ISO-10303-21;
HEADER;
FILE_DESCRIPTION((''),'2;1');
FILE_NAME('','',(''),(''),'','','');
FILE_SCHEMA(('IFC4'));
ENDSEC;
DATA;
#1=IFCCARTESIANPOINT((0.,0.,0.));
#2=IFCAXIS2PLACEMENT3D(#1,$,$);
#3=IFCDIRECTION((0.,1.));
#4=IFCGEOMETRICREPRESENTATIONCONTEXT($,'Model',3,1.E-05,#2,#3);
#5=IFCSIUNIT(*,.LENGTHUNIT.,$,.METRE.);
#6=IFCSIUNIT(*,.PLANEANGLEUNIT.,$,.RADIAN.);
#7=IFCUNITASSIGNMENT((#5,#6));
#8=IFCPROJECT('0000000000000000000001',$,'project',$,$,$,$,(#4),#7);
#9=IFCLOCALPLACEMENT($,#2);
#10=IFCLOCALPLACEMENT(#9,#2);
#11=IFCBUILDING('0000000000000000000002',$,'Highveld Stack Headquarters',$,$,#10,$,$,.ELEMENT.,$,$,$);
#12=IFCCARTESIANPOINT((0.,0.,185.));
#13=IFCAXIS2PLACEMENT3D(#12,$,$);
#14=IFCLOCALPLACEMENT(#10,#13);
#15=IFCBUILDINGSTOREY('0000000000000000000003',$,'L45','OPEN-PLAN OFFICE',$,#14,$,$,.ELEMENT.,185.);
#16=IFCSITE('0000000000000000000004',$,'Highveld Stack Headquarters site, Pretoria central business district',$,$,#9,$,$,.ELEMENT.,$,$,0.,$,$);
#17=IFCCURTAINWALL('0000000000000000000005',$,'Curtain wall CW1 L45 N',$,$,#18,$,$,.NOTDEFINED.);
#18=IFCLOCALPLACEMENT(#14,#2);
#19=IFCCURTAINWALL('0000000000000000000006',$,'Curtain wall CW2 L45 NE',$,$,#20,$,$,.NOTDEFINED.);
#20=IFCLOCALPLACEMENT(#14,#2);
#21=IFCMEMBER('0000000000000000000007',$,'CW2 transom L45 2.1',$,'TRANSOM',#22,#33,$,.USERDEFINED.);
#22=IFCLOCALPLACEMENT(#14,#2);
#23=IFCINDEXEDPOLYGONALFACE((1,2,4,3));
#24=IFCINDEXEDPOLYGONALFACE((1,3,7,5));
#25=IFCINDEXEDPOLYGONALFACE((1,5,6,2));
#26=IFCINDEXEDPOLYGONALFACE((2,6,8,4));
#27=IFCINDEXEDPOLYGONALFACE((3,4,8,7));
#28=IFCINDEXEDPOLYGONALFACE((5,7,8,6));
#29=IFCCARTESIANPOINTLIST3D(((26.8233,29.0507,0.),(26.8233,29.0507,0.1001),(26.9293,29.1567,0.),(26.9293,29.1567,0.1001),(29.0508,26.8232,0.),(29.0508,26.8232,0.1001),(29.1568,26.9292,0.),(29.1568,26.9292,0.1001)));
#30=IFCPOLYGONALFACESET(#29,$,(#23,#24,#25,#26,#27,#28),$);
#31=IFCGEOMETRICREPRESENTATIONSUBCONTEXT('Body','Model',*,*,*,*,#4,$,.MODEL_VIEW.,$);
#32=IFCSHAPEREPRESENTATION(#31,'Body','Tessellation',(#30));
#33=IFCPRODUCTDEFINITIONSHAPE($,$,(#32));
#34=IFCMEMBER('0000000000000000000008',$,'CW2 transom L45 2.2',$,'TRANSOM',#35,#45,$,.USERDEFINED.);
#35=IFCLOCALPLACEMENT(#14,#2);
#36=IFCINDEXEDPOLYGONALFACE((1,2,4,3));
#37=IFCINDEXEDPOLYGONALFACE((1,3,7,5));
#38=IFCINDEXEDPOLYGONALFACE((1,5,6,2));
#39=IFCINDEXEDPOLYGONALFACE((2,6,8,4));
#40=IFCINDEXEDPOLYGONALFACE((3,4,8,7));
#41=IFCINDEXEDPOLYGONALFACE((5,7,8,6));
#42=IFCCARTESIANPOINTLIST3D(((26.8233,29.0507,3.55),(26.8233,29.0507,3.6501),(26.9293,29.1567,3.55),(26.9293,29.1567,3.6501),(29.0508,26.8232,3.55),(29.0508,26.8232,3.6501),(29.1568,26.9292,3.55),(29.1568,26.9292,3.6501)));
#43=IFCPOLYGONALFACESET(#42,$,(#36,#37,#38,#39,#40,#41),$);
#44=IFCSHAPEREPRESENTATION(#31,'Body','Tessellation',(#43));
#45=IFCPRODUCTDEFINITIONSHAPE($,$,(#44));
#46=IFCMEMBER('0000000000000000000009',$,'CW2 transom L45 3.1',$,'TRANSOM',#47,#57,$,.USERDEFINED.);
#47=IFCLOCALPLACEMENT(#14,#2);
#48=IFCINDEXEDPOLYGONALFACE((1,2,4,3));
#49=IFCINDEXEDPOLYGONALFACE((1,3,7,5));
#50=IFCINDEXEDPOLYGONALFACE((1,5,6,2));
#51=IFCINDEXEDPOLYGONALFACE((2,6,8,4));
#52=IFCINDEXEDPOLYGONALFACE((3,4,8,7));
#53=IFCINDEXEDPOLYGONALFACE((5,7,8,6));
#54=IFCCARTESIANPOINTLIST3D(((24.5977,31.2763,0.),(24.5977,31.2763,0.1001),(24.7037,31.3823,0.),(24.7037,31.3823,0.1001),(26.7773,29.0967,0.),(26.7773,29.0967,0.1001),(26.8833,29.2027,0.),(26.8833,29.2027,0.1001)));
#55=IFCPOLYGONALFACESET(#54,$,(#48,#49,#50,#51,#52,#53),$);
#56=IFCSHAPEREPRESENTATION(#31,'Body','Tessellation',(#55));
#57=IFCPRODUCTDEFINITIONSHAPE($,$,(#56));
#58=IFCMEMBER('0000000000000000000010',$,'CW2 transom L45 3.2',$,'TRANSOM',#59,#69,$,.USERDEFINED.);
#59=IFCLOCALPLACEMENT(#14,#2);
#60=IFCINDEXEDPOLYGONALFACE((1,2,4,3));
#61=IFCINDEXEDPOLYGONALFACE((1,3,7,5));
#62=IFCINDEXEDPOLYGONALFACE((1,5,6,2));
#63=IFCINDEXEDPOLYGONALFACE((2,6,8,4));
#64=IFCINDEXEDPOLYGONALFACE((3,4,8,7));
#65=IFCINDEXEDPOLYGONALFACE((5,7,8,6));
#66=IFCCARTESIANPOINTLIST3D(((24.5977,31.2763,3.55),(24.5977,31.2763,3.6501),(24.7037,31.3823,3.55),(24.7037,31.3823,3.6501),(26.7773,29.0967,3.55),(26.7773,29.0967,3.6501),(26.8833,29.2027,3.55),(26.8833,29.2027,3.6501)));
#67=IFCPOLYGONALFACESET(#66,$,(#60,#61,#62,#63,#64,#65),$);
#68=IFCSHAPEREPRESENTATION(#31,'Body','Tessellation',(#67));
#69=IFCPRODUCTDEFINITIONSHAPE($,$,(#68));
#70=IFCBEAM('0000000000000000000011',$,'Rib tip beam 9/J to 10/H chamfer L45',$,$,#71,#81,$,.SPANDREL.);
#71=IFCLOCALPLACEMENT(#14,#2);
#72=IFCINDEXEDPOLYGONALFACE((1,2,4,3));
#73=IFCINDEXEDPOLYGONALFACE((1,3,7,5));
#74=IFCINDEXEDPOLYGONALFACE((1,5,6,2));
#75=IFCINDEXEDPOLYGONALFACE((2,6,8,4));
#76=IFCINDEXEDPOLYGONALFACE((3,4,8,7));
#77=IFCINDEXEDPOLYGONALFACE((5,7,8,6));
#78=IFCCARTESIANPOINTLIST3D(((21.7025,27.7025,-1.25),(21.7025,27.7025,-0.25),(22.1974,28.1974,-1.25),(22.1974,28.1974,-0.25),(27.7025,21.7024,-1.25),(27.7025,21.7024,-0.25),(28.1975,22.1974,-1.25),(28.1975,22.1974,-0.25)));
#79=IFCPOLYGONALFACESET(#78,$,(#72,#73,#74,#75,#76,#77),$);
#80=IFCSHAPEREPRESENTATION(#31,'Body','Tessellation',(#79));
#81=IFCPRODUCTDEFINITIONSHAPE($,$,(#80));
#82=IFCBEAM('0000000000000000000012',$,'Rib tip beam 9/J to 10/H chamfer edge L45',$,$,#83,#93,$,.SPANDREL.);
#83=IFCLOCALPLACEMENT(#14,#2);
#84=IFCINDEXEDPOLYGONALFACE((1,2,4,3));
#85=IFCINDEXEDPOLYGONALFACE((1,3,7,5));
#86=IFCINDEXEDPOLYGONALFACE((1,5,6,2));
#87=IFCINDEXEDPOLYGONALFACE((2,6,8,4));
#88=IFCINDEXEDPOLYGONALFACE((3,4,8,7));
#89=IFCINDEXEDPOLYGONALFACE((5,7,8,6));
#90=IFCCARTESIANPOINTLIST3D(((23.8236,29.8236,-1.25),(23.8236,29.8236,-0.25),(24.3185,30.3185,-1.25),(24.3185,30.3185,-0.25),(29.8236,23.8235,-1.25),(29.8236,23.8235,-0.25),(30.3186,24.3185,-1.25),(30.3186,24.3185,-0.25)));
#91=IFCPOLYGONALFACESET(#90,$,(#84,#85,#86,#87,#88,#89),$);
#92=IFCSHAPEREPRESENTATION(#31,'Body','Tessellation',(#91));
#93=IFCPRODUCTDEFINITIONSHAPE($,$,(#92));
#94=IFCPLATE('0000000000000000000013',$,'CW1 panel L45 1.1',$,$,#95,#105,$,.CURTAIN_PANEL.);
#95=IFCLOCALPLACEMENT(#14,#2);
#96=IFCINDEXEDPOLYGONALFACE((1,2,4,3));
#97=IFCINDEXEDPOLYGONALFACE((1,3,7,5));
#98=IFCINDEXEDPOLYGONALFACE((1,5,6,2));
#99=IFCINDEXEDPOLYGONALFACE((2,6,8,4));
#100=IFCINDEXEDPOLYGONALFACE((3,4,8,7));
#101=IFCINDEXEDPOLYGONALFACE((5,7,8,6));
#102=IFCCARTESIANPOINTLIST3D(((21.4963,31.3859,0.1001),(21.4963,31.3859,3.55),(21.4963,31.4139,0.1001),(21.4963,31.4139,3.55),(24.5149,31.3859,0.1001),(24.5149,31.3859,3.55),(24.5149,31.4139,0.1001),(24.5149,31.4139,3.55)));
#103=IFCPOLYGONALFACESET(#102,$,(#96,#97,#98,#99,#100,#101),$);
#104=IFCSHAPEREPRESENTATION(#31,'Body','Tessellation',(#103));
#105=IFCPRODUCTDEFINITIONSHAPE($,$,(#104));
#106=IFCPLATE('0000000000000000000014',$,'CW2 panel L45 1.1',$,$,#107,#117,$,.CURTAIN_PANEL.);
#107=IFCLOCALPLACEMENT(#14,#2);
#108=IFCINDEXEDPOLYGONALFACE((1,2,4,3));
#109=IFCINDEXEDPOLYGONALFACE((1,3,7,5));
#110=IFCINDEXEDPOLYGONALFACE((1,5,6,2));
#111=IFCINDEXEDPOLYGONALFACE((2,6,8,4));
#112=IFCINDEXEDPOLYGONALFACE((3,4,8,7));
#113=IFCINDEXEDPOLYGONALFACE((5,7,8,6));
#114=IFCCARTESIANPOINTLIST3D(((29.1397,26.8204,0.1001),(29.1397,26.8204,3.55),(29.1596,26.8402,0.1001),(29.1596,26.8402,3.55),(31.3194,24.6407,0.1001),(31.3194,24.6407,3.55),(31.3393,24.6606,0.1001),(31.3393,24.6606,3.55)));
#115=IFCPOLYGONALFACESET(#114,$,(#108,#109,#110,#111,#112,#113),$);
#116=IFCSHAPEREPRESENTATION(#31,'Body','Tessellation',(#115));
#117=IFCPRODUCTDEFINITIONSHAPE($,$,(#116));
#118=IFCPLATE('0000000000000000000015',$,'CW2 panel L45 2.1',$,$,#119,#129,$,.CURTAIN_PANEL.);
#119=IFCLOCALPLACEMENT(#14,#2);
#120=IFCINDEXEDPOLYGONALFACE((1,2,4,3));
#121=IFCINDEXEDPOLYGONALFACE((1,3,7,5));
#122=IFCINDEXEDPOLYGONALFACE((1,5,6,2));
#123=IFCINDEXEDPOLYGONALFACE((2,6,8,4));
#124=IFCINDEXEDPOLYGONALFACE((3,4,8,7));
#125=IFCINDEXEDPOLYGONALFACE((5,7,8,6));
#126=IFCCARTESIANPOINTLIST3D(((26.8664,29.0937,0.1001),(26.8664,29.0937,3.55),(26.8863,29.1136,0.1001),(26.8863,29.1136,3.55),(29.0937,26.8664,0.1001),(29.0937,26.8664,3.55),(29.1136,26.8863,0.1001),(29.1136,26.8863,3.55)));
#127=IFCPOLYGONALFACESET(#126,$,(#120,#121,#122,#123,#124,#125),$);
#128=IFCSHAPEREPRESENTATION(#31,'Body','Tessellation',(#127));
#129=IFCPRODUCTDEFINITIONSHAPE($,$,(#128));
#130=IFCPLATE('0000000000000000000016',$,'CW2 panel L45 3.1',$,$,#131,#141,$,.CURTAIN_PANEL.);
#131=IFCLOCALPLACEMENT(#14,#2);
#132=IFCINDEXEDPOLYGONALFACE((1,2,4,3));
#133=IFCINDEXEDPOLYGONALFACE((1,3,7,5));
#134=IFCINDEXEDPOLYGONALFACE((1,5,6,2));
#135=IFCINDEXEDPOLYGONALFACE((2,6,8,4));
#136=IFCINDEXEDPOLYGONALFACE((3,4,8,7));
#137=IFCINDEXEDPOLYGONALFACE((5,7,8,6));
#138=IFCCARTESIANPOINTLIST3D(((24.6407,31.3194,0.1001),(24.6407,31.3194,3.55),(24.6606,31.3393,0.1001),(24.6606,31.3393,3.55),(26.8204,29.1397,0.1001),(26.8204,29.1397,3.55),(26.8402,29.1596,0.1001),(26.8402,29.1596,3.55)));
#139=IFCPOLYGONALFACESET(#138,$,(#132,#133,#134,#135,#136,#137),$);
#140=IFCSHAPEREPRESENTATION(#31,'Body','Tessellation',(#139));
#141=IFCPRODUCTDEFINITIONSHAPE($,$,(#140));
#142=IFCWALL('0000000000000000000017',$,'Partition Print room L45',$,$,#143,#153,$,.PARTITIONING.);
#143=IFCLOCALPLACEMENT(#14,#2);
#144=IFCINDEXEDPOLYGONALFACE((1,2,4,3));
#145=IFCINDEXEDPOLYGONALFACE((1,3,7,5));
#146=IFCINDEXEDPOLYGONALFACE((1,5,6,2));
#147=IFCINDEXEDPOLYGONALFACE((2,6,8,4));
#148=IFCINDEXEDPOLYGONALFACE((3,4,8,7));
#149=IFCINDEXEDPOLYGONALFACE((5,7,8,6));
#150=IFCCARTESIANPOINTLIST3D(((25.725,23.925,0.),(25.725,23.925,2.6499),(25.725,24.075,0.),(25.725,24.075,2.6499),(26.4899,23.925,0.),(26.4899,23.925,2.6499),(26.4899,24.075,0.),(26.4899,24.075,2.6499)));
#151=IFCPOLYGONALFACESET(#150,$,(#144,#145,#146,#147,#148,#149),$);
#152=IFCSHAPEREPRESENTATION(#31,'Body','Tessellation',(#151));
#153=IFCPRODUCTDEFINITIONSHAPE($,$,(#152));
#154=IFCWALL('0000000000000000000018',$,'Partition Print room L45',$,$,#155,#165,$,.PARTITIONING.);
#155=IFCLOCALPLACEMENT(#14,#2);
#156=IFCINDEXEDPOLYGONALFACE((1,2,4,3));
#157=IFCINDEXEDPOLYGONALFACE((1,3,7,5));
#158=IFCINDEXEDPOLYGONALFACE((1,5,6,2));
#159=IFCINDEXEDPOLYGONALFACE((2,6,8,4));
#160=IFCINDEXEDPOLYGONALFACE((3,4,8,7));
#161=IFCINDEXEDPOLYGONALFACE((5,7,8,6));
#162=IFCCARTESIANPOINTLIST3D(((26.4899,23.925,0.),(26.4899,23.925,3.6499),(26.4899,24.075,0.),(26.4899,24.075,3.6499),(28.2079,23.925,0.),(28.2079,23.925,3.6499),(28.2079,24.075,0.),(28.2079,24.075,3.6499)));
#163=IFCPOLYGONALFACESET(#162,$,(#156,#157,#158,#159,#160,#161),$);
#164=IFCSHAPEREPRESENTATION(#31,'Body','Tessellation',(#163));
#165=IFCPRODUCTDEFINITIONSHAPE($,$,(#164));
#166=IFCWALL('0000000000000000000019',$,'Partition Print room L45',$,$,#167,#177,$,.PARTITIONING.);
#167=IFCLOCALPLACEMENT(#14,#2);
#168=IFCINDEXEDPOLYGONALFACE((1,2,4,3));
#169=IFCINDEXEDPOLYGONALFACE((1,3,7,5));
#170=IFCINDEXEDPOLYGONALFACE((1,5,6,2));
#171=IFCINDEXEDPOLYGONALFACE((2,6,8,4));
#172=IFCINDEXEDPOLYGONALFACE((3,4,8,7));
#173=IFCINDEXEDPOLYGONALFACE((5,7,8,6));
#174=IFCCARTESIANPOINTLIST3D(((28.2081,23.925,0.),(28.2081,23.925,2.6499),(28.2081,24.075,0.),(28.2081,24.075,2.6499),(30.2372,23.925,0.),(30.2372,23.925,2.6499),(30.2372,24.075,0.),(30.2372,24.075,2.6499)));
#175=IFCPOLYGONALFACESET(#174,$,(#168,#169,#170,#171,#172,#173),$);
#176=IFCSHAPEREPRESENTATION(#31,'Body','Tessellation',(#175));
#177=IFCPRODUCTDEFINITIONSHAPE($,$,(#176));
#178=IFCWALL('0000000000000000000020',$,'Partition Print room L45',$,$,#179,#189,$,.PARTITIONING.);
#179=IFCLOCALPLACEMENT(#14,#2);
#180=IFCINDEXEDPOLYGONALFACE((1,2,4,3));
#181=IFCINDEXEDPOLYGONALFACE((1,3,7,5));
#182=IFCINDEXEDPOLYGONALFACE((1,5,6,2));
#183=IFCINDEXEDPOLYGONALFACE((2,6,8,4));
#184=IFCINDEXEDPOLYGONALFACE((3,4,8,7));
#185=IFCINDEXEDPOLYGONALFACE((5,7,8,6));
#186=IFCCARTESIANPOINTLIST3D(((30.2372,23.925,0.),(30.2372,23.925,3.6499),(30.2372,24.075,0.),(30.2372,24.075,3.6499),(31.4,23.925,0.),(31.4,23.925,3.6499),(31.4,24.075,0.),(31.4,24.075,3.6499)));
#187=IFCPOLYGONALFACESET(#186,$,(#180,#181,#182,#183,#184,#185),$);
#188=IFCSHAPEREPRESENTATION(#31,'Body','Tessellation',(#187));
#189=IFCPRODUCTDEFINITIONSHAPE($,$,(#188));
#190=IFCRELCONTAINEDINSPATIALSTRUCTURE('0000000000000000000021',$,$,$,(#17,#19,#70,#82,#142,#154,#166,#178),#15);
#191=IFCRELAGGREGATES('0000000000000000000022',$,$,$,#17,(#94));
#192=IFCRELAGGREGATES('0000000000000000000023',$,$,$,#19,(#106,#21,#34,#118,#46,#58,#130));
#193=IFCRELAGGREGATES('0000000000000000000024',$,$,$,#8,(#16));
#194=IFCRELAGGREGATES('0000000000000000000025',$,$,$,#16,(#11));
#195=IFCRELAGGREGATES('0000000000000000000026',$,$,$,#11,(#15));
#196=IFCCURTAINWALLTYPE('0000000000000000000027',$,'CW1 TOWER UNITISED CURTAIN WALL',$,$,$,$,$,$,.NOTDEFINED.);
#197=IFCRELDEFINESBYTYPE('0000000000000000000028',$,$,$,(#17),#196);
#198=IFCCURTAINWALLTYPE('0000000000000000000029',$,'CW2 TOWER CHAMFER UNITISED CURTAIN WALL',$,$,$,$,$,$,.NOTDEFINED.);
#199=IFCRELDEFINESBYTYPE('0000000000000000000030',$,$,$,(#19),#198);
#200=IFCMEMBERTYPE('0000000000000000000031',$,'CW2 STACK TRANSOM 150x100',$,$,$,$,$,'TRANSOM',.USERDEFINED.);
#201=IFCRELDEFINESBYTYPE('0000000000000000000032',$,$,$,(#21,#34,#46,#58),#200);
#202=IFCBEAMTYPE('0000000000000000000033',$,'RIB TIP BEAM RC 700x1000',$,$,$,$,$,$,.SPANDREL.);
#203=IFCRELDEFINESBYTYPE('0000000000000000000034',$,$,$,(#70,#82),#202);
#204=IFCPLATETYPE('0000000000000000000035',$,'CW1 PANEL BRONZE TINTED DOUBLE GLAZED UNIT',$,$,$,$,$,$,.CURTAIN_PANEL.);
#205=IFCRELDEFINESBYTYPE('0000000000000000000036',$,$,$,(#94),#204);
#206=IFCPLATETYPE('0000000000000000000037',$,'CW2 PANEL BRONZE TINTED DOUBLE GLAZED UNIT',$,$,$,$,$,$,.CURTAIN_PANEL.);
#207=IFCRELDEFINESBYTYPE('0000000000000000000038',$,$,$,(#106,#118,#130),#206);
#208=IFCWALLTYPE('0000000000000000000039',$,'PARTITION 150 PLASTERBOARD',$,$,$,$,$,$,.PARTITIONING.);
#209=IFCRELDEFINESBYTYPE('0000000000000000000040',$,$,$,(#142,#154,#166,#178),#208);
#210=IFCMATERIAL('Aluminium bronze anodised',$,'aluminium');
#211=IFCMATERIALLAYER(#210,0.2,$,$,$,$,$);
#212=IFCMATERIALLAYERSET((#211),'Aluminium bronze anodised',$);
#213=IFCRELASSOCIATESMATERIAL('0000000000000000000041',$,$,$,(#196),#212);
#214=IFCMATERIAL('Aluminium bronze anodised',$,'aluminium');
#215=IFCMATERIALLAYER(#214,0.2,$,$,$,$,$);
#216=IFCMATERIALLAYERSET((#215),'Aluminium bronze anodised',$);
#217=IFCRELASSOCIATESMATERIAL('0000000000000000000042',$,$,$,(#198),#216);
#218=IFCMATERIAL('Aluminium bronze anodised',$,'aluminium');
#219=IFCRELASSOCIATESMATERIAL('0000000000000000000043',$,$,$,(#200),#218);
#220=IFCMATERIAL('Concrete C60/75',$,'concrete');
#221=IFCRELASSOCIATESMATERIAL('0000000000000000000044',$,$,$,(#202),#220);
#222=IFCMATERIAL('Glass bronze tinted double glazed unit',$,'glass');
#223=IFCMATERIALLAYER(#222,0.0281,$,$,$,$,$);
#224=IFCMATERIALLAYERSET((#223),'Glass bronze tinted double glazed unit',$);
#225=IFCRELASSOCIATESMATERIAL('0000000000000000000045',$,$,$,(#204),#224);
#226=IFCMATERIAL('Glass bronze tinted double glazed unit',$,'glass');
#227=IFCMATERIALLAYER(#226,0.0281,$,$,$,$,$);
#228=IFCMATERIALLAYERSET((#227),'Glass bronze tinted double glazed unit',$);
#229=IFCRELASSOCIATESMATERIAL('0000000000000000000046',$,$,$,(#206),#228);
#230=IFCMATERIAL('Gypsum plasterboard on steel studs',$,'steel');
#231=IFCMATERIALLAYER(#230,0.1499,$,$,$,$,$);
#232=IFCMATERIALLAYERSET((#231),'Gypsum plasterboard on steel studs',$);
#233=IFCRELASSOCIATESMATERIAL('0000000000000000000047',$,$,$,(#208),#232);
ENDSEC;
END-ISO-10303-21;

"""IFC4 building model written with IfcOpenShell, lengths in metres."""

from ifc_helpers import new_model, si_unit, direction, frame, frame_2d, origin, origin_2d, place, context, subcontext, project, spatial, rectangle, extrude, material, layer, layer_set, material_profile, profile_set, type_object, element, aggregate, save


model = new_model("IFC4")

# Units and contexts
model_context = context("Model", 3, precision=1e-05, world=origin(), true_north=direction((0.0, 1.0)))
body_context = subcontext(model_context, "Body", "Model", "MODEL_VIEW")
ifc_project = project(units=[si_unit("LENGTHUNIT", "METRE"), si_unit("PLANEANGLEUNIT", "RADIAN")], contexts=[model_context])

# Site, building, storey
site_placement = place(None, origin())
site = spatial("IfcSite", under=ifc_project, at=site_placement, Name="Highveld Stack Headquarters site, Pretoria central business district", CompositionType="ELEMENT", RefElevation=0.0)
building_placement = place(site_placement, origin())
building = spatial("IfcBuilding", under=site, at=building_placement, Name="Highveld Stack Headquarters", CompositionType="ELEMENT")
storey_placement = place(building_placement, frame((0.0, 0.0, 185.0)))
storey = spatial("IfcBuildingStorey", under=building, at=storey_placement, Name="L45", Description="OPEN-PLAN OFFICE", CompositionType="ELEMENT", Elevation=185.0)

# Shared definitions
ifc_material_1 = material(Name="Aluminium bronze anodised", Category="aluminium")
ifc_layer_1 = layer(ifc_material_1, 0.2)
ifc_layer_set_1 = layer_set([ifc_layer_1], Name="Aluminium bronze anodised")
curtain_wall_type_1 = type_object("IfcCurtainWallType", Name="CW1 TOWER UNITISED CURTAIN WALL", PredefinedType="NOTDEFINED", material=ifc_layer_set_1)

# Curtain wall
curtain_wall_1_placement = place(storey_placement, origin())
curtain_wall_1 = element("IfcCurtainWall", 1, at=curtain_wall_1_placement, inside=storey, type_object=curtain_wall_type_1, Name="Curtain wall CW1 L45 N", PredefinedType="NOTDEFINED")

# Curtain wall, members
ifc_material_2 = material(Name="Aluminium bronze anodised", Category="aluminium")
ifc_layer_2 = layer(ifc_material_2, 0.2)
ifc_layer_set_2 = layer_set([ifc_layer_2], Name="Aluminium bronze anodised")
curtain_wall_type_2 = type_object("IfcCurtainWallType", Name="CW2 TOWER CHAMFER UNITISED CURTAIN WALL", PredefinedType="NOTDEFINED", material=ifc_layer_set_2)
curtain_wall_2_placement = place(storey_placement, origin())
curtain_wall_2 = element("IfcCurtainWall", 2, at=curtain_wall_2_placement, inside=storey, type_object=curtain_wall_type_2, Name="Curtain wall CW2 L45 NE", PredefinedType="NOTDEFINED")
ifc_material_3 = material(Name="Aluminium bronze anodised", Category="aluminium")
ifc_material_profile_1 = material_profile(ifc_material_3, rectangle(XDim=0.1499, YDim=0.1001, at=origin_2d()), Name="CW2 TRANSOM 150x100")
ifc_profile_set_1 = profile_set([ifc_material_profile_1], Name="Aluminium bronze anodised")
member_type_1 = type_object("IfcMemberType", Name="CW2 STACK TRANSOM 150x100", ElementType="TRANSOM", PredefinedType="USERDEFINED", material=ifc_profile_set_1)
member_1_placement = place(storey_placement, frame((29.1038, 26.8762, 0.05), z_axis=(-0.707107, 0.707107, 0.0), x_axis=(-0.707107, -0.707107, 0.0)))
member_1 = element("IfcMember", 3, at=member_1_placement, type_object=member_type_1, Name="CW2 transom L45 2.1", ObjectType="TRANSOM", PredefinedType="USERDEFINED", context=body_context, shape_type="SweptSolid", body=[
    extrude(rectangle(XDim=0.1499, YDim=0.1001, at=origin_2d()), origin(), (0.0, 0.0, 1.0), 3.1501),
])
member_2_placement = place(storey_placement, frame((29.1038, 26.8762, 3.6001), z_axis=(-0.707107, 0.707107, 0.0), x_axis=(-0.707107, -0.707107, 0.0)))
member_2 = element("IfcMember", 4, at=member_2_placement, type_object=member_type_1, Name="CW2 transom L45 2.2", ObjectType="TRANSOM", PredefinedType="USERDEFINED", context=body_context, shape_type="SweptSolid", body=[
    extrude(rectangle(XDim=0.1499, YDim=0.1001, at=origin_2d()), origin(), (0.0, 0.0, 1.0), 3.1501),
])
member_3_placement = place(storey_placement, frame((26.8303, 29.1497, 0.05), z_axis=(-0.707107, 0.707107, 0.0), x_axis=(-0.707107, -0.707107, 0.0)))
member_3 = element("IfcMember", 5, at=member_3_placement, type_object=member_type_1, Name="CW2 transom L45 3.1", ObjectType="TRANSOM", PredefinedType="USERDEFINED", context=body_context, shape_type="SweptSolid", body=[
    extrude(rectangle(XDim=0.1499, YDim=0.1001, at=origin_2d()), origin(), (0.0, 0.0, 1.0), 3.0825),
])
member_4_placement = place(storey_placement, frame((26.8303, 29.1497, 3.6001), z_axis=(-0.707107, 0.707107, 0.0), x_axis=(-0.707107, -0.707107, 0.0)))
member_4 = element("IfcMember", 6, at=member_4_placement, type_object=member_type_1, Name="CW2 transom L45 3.2", ObjectType="TRANSOM", PredefinedType="USERDEFINED", context=body_context, shape_type="SweptSolid", body=[
    extrude(rectangle(XDim=0.1499, YDim=0.1001, at=origin_2d()), origin(), (0.0, 0.0, 1.0), 3.0825),
])

# Beams
ifc_material_4 = material(Name="Concrete C60/75", Category="concrete")
ifc_material_profile_2 = material_profile(ifc_material_4, rectangle(XDim=0.7, YDim=1.0, at=origin_2d()), Name="RC 700x1000")
ifc_profile_set_2 = profile_set([ifc_material_profile_2], Name="Concrete C60/75")
beam_type = type_object("IfcBeamType", Name="RIB TIP BEAM RC 700x1000", PredefinedType="SPANDREL", material=ifc_profile_set_2)
for number, where, z_axis, x_axis, name in (
    (7, (21.95, 27.95, -0.75), (0.707107, -0.707107, 0.0), (0.707107, 0.707107, 0.0), "Rib tip beam 9/J to 10/H chamfer L45"),
    (8, (24.071, 30.071, -0.75), (0.707107, -0.707107, 0.0), (0.707107, 0.707107, 0.0), "Rib tip beam 9/J to 10/H chamfer edge L45"),
):
    element("IfcBeam", number, at=place(storey_placement, frame(where, z_axis=z_axis, x_axis=x_axis)), inside=storey, type_object=beam_type, Name=name, PredefinedType="SPANDREL", context=body_context, shape_type="SweptSolid", body=[
        extrude(rectangle(XDim=0.7, YDim=1.0, at=origin_2d()), origin(), (0.0, 0.0, 1.0), 8.4854),
    ])

# Plates
ifc_material_5 = material(Name="Glass bronze tinted double glazed unit", Category="glass")
ifc_layer_3 = layer(ifc_material_5, 0.0281)
ifc_layer_set_3 = layer_set([ifc_layer_3], Name="Glass bronze tinted double glazed unit")
plate_type_1 = type_object("IfcPlateType", Name="CW1 PANEL BRONZE TINTED DOUBLE GLAZED UNIT", PredefinedType="CURTAIN_PANEL", material=ifc_layer_set_3)
plate_1_placement = place(storey_placement, frame((23.0056, 31.3999, 0.1001), z_axis=(0.0, 0.0, 1.0), x_axis=(-1.0, 0.0, 0.0)))
plate_1 = element("IfcPlate", 9, at=plate_1_placement, type_object=plate_type_1, Name="CW1 panel L45 1.1", PredefinedType="CURTAIN_PANEL", context=body_context, shape_type="SweptSolid", body=[
    extrude(rectangle(XDim=3.0186, YDim=0.0281, at=origin_2d()), origin(), (0.0, 0.0, 1.0), 3.45),
])
aggregate(curtain_wall_1, [plate_1])
ifc_material_6 = material(Name="Glass bronze tinted double glazed unit", Category="glass")
ifc_layer_4 = layer(ifc_material_6, 0.0281)
ifc_layer_set_4 = layer_set([ifc_layer_4], Name="Glass bronze tinted double glazed unit")
plate_type_2 = type_object("IfcPlateType", Name="CW2 PANEL BRONZE TINTED DOUBLE GLAZED UNIT", PredefinedType="CURTAIN_PANEL", material=ifc_layer_set_4)
plate_2_placement = place(storey_placement, frame((30.2395, 25.7405, 0.1001), z_axis=(0.0, 0.0, 1.0), x_axis=(-0.707107, 0.707107, 0.0)))
plate_2 = element("IfcPlate", 10, at=plate_2_placement, type_object=plate_type_2, Name="CW2 panel L45 1.1", PredefinedType="CURTAIN_PANEL", context=body_context, shape_type="SweptSolid", body=[
    extrude(rectangle(XDim=3.0825, YDim=0.0281, at=origin_2d()), origin(), (0.0, 0.0, 1.0), 3.45),
])
plate_3_placement = place(storey_placement, frame((27.99, 27.99, 0.1001), z_axis=(0.0, 0.0, 1.0), x_axis=(-0.707107, 0.707107, 0.0)))
plate_3 = element("IfcPlate", 11, at=plate_3_placement, type_object=plate_type_2, Name="CW2 panel L45 2.1", PredefinedType="CURTAIN_PANEL", context=body_context, shape_type="SweptSolid", body=[
    extrude(rectangle(XDim=3.1499, YDim=0.0281, at=origin_2d()), origin(), (0.0, 0.0, 1.0), 3.45),
])
plate_4_placement = place(storey_placement, frame((25.7405, 30.2395, 0.1001), z_axis=(0.0, 0.0, 1.0), x_axis=(-0.707107, 0.707107, 0.0)))
plate_4 = element("IfcPlate", 12, at=plate_4_placement, type_object=plate_type_2, Name="CW2 panel L45 3.1", PredefinedType="CURTAIN_PANEL", context=body_context, shape_type="SweptSolid", body=[
    extrude(rectangle(XDim=3.0825, YDim=0.0281, at=origin_2d()), origin(), (0.0, 0.0, 1.0), 3.45),
])
aggregate(curtain_wall_2, [plate_2, member_1, member_2, plate_3, member_3, member_4, plate_4])

# Walls
ifc_material_7 = material(Name="Gypsum plasterboard on steel studs", Category="steel")
ifc_layer_5 = layer(ifc_material_7, 0.1499)
ifc_layer_set_5 = layer_set([ifc_layer_5], Name="Gypsum plasterboard on steel studs")
wall_type = type_object("IfcWallType", Name="PARTITION 150 PLASTERBOARD", PredefinedType="PARTITIONING", material=ifc_layer_set_5)
wall_1_placement = place(storey_placement, frame((25.7251, 24.0, 0.0), z_axis=(0.0, 0.0, 1.0), x_axis=(1.0, 0.0, 0.0)))
element("IfcWall", 13, at=wall_1_placement, inside=storey, type_object=wall_type, Name="Partition Print room L45", PredefinedType="PARTITIONING", context=body_context, shape_type="SweptSolid", body=[
    extrude(rectangle(XDim=0.7649, YDim=0.1499, at=frame_2d((0.3823, 0.0))), origin(), (0.0, 0.0, 1.0), 2.6499),
])
wall_2_placement = place(storey_placement, frame((26.49, 24.0, 0.0), z_axis=(0.0, 0.0, 1.0), x_axis=(1.0, 0.0, 0.0)))
element("IfcWall", 14, at=wall_2_placement, inside=storey, type_object=wall_type, Name="Partition Print room L45", PredefinedType="PARTITIONING", context=body_context, shape_type="SweptSolid", body=[
    extrude(rectangle(XDim=1.718, YDim=0.1499, at=frame_2d((0.8589, 0.0))), origin(), (0.0, 0.0, 1.0), 3.6499),
])
wall_3_placement = place(storey_placement, frame((28.208, 24.0, 0.0), z_axis=(0.0, 0.0, 1.0), x_axis=(1.0, 0.0, 0.0)))
element("IfcWall", 15, at=wall_3_placement, inside=storey, type_object=wall_type, Name="Partition Print room L45", PredefinedType="PARTITIONING", context=body_context, shape_type="SweptSolid", body=[
    extrude(rectangle(XDim=2.0291, YDim=0.1499, at=frame_2d((1.0146, 0.0))), origin(), (0.0, 0.0, 1.0), 2.6499),
])
wall_4_placement = place(storey_placement, frame((30.2371, 24.0, 0.0), z_axis=(0.0, 0.0, 1.0), x_axis=(1.0, 0.0, 0.0)))
element("IfcWall", 16, at=wall_4_placement, inside=storey, type_object=wall_type, Name="Partition Print room L45", PredefinedType="PARTITIONING", context=body_context, shape_type="SweptSolid", body=[
    extrude(rectangle(XDim=1.1628, YDim=0.1499, at=frame_2d((0.5815, 0.0))), origin(), (0.0, 0.0, 1.0), 3.6499),
])

save(model, "model.ifc")
